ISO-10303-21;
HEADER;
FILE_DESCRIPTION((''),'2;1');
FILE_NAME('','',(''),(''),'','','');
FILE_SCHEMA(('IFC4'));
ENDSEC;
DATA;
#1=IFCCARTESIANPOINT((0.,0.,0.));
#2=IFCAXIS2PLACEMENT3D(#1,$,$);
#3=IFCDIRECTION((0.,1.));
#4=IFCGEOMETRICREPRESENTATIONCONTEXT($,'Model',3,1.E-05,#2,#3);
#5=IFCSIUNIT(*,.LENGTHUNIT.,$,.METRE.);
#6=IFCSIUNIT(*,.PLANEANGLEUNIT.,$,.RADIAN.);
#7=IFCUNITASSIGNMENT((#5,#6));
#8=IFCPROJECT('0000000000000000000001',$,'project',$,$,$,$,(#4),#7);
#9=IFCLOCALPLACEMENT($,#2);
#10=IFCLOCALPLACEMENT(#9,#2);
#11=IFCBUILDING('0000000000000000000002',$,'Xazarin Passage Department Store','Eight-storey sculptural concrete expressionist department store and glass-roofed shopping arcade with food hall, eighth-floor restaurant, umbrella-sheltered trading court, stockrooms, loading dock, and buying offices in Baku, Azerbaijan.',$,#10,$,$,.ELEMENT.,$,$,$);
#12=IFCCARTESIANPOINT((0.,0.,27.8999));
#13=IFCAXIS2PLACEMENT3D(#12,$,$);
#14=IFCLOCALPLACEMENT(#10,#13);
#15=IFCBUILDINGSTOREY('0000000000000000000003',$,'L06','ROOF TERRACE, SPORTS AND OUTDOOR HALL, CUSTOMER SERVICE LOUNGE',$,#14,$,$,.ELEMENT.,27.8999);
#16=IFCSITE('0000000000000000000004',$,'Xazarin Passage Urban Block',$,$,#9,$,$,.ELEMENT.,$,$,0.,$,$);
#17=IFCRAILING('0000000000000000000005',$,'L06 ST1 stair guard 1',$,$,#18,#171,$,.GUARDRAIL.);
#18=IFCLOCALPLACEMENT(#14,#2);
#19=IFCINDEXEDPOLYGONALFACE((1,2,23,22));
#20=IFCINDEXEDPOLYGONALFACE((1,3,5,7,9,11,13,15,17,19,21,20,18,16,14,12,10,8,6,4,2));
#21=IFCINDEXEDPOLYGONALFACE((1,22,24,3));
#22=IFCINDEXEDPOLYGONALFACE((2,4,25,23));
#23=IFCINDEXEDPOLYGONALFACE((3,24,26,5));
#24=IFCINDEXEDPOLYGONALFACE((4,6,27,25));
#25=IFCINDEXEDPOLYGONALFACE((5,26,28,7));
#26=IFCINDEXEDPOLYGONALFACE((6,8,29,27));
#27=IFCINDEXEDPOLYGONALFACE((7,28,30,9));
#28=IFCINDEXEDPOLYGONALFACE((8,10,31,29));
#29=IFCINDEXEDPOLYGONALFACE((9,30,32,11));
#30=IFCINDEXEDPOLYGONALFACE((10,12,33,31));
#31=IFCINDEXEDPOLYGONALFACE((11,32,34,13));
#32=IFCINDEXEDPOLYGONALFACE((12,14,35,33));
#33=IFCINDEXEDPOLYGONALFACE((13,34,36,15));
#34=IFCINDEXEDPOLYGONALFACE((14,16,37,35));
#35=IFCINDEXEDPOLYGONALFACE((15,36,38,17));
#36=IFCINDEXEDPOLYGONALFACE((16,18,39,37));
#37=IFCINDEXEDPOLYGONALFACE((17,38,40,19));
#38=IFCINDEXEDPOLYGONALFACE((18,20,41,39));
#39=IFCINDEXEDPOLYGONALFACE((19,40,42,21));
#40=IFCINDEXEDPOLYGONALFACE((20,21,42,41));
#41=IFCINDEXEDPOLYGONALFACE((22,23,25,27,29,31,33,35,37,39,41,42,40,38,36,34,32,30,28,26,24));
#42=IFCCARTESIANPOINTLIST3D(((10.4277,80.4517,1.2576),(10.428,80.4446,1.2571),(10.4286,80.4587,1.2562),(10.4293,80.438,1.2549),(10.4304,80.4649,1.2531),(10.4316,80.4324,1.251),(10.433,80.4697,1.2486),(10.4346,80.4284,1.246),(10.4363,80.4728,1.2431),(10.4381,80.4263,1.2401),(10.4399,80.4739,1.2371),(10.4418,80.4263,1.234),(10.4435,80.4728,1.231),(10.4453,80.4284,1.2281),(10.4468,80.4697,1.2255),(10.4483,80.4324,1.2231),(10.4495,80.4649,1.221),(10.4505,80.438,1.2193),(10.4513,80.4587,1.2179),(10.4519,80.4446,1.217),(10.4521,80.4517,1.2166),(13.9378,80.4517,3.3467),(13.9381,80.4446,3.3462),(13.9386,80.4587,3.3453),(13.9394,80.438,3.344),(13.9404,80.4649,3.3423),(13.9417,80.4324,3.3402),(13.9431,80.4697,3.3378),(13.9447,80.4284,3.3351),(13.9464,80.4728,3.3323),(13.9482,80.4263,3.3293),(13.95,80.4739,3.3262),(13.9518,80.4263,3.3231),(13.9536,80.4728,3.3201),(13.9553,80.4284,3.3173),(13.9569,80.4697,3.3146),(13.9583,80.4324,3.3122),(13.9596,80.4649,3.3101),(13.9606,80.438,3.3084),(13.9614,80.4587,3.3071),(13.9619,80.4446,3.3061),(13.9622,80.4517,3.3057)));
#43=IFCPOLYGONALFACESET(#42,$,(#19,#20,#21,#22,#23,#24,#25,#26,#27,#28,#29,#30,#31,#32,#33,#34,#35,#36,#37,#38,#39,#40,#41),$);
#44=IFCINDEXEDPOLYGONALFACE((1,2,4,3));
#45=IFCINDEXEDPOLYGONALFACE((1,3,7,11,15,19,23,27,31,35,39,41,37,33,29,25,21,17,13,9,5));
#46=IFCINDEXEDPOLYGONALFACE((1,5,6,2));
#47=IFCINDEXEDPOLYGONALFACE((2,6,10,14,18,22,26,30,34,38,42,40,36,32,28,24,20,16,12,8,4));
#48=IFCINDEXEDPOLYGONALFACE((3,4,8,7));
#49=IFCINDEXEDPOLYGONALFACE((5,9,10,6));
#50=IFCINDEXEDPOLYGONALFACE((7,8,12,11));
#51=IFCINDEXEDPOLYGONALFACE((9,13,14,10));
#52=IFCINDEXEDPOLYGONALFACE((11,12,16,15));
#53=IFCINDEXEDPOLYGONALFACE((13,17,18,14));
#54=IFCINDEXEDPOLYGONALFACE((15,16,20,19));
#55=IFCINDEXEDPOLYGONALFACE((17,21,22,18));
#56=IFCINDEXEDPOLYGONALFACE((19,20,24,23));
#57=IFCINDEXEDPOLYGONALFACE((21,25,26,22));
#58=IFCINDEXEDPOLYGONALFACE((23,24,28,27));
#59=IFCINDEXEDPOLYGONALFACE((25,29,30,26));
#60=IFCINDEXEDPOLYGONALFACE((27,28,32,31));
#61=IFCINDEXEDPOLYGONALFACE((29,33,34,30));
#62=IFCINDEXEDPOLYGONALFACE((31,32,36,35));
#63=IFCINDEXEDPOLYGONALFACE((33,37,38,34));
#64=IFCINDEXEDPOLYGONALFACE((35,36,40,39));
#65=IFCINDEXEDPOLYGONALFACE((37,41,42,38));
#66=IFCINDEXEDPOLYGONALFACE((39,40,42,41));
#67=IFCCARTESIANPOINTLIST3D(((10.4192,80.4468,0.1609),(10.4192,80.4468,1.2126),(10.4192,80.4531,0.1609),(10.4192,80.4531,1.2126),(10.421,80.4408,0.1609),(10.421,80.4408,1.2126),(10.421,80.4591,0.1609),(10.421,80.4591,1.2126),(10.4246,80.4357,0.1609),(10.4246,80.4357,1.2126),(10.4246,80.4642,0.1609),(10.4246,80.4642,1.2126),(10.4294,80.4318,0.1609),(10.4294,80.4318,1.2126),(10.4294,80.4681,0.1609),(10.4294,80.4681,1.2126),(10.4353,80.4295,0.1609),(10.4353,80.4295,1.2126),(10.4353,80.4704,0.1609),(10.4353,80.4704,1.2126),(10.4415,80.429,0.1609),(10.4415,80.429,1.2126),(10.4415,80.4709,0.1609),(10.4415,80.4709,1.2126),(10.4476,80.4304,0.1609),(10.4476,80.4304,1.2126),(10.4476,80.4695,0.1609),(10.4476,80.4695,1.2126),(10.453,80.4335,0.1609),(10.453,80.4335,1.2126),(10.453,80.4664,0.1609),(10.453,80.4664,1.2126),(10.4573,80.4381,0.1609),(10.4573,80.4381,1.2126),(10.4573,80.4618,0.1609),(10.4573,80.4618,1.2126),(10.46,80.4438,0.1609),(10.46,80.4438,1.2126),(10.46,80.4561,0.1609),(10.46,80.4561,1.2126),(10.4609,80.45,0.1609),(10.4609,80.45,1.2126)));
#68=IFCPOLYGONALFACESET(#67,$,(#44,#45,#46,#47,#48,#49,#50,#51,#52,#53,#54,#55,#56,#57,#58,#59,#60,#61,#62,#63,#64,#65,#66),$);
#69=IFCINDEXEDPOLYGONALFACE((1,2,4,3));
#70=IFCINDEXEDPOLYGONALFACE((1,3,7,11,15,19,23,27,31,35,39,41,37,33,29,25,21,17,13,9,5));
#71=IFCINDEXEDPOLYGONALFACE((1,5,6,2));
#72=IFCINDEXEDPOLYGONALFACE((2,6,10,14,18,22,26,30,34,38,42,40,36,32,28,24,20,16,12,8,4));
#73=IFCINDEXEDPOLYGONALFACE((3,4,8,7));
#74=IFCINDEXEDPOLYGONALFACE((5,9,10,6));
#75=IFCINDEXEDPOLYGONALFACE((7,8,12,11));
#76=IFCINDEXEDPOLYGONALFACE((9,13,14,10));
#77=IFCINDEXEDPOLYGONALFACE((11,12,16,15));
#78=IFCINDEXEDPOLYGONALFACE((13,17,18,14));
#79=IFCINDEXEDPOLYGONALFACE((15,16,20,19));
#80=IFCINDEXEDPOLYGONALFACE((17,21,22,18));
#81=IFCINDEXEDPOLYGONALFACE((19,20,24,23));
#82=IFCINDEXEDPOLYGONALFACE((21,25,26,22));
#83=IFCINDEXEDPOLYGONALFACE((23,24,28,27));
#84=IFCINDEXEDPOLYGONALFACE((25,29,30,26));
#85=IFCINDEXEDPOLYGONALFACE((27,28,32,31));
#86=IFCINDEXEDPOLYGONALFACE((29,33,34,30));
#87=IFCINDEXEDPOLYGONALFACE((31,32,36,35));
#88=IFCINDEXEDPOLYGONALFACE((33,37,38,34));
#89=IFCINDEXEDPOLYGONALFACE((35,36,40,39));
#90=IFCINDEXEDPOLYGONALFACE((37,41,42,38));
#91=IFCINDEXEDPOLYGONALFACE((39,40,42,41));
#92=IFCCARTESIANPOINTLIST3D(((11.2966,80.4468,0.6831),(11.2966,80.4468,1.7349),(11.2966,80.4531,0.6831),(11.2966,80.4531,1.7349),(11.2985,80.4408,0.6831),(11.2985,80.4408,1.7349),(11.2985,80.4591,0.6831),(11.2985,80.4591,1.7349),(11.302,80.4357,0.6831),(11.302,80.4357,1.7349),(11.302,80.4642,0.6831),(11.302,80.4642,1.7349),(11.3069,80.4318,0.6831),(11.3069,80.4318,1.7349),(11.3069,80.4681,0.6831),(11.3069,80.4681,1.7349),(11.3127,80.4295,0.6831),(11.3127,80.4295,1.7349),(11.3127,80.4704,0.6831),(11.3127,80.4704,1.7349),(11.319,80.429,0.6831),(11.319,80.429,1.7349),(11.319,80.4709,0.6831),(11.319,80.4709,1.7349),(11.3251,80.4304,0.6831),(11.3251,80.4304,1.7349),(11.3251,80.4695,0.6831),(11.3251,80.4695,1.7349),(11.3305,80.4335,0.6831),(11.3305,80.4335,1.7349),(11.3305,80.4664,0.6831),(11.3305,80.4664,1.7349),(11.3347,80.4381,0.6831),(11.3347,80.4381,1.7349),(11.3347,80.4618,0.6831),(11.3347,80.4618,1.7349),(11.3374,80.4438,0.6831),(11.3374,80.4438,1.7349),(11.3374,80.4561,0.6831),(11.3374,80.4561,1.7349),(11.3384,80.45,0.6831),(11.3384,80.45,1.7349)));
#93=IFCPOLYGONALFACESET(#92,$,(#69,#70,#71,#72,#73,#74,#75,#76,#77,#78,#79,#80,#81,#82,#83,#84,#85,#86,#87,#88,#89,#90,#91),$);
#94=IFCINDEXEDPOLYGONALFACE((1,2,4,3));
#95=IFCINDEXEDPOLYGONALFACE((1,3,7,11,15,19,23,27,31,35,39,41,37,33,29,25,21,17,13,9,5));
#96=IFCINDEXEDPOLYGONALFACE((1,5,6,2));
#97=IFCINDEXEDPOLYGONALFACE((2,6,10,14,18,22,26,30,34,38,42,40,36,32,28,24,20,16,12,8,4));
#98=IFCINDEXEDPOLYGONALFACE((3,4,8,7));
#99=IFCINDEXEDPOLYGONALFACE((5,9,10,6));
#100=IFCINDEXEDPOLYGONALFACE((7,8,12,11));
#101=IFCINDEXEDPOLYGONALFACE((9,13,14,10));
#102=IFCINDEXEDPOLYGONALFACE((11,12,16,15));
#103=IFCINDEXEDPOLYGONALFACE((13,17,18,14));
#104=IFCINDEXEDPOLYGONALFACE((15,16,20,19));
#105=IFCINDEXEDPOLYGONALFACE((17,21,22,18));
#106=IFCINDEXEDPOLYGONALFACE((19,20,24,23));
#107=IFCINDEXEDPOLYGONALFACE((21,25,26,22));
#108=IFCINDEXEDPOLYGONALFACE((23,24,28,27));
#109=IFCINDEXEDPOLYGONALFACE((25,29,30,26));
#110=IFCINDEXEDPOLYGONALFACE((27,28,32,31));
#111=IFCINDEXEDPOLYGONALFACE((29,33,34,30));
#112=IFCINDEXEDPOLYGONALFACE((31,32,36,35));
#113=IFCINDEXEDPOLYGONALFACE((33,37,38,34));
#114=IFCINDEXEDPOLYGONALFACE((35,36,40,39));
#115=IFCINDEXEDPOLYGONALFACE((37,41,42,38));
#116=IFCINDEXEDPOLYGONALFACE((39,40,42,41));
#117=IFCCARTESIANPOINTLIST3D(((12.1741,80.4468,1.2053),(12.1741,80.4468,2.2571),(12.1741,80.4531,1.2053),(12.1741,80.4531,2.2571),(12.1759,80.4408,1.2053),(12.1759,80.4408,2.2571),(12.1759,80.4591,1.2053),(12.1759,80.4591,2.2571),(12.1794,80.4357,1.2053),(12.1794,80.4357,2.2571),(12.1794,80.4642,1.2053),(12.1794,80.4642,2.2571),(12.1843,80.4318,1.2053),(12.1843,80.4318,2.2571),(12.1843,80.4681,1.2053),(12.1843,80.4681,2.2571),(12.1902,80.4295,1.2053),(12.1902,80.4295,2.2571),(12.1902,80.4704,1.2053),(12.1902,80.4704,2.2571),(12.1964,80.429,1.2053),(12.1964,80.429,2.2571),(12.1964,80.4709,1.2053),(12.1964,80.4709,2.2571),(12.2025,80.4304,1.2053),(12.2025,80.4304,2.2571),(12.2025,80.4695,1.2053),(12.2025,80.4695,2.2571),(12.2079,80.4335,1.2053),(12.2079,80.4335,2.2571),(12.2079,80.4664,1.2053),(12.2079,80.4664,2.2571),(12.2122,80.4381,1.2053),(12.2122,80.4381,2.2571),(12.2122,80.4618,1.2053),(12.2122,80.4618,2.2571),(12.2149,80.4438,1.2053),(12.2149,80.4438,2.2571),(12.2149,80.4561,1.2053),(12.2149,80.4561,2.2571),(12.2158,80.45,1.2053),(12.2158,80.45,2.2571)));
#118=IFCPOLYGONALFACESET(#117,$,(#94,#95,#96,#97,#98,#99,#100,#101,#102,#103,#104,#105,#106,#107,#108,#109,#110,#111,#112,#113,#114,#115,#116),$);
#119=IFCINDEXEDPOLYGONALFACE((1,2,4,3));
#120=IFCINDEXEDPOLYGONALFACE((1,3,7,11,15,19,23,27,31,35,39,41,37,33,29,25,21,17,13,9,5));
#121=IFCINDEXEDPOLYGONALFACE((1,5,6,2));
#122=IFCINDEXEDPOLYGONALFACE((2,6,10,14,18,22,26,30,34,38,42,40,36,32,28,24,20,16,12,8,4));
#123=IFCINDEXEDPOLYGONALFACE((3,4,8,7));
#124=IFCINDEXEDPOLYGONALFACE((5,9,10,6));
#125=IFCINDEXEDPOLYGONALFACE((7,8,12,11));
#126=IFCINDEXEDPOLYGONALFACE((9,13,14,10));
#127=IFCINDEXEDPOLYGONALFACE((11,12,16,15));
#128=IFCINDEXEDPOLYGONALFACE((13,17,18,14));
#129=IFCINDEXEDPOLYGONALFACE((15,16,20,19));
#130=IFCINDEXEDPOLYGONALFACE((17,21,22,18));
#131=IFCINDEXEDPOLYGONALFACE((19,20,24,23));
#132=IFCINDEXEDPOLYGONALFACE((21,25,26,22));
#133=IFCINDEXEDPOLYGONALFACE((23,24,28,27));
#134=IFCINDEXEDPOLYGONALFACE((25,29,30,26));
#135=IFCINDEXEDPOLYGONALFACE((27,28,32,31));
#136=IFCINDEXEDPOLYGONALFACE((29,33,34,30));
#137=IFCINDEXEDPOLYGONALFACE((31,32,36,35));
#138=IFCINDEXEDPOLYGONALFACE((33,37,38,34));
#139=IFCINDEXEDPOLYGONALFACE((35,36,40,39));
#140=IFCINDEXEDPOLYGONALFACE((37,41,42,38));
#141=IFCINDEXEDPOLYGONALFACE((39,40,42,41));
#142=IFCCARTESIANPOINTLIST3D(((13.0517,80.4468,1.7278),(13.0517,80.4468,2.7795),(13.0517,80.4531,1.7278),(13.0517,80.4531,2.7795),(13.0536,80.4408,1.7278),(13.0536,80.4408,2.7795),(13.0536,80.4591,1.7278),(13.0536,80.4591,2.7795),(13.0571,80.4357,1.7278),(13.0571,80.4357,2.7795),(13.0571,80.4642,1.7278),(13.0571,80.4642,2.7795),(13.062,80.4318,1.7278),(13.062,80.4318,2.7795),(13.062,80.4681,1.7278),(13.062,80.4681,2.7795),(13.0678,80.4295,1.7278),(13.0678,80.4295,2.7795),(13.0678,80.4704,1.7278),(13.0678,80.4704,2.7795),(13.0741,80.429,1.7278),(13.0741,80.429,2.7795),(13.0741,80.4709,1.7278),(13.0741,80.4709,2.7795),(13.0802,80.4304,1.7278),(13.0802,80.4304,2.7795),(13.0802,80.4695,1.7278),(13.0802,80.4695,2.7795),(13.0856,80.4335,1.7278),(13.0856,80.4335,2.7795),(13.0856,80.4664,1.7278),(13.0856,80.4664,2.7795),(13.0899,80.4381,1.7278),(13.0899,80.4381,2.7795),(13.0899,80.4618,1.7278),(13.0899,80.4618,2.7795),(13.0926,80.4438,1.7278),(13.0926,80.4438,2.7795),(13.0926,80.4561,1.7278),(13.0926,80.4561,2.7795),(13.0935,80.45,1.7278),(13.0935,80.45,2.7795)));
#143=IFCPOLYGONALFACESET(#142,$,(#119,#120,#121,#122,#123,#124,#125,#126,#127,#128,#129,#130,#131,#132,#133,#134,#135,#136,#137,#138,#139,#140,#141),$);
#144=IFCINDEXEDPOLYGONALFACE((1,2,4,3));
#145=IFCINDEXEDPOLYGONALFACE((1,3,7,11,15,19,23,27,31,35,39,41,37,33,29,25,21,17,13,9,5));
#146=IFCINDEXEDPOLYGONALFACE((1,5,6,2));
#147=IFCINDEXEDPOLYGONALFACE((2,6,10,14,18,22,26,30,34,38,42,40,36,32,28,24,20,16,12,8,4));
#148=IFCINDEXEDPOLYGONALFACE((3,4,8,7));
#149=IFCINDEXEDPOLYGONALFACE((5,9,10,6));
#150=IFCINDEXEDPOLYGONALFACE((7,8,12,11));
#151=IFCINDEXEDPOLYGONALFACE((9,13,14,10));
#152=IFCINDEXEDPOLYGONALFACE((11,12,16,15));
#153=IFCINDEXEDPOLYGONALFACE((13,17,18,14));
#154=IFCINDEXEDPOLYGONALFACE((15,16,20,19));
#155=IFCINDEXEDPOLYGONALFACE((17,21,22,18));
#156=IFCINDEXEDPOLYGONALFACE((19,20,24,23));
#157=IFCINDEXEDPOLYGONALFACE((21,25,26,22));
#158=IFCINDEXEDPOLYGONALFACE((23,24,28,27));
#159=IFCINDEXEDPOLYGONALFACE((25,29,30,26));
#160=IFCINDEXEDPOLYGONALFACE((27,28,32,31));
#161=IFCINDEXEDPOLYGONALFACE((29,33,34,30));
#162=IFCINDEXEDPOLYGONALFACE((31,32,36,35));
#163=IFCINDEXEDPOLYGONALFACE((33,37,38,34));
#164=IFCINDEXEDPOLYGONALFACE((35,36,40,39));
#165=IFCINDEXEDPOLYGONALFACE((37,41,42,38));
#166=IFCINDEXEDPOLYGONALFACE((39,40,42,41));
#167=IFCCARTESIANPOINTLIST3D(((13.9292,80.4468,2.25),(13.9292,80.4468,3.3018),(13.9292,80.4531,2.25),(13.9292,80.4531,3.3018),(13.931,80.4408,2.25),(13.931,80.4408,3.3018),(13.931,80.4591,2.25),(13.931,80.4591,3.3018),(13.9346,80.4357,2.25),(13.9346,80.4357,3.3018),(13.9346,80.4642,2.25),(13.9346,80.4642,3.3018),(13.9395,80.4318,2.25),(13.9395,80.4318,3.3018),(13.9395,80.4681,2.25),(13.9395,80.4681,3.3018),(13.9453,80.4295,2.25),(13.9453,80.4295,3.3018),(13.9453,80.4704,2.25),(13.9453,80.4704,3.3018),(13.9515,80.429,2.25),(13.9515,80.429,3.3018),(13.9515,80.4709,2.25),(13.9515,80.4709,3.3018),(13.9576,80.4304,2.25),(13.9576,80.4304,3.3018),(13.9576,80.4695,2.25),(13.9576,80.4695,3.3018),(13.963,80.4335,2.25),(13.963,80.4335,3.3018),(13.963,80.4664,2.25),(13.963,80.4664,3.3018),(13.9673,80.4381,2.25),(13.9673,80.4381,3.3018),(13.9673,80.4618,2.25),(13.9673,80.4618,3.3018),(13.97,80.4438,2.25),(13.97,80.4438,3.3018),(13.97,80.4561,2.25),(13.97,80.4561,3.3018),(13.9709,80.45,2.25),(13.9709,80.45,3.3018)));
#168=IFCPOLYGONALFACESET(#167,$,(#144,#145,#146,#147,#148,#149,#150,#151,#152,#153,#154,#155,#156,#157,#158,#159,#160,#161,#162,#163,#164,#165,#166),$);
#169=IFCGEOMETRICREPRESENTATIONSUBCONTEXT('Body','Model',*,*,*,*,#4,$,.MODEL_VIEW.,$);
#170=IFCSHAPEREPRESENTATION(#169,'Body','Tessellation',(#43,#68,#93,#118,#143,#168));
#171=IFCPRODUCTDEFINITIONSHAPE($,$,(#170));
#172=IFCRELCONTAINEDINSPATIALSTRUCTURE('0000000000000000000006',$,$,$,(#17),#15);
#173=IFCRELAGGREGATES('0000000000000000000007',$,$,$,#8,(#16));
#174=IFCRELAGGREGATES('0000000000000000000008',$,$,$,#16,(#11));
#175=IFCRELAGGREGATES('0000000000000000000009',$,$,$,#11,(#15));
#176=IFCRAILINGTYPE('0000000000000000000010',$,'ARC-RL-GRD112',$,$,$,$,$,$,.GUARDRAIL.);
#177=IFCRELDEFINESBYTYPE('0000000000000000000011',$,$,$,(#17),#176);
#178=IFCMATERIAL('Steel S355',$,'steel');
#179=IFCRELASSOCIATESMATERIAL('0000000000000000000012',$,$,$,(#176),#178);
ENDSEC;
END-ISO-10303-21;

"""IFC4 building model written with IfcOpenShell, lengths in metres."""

from ifc_helpers import new_model, si_unit, direction, frame, origin, origin_2d, place, context, subcontext, project, spatial, circle, extrude, material, type_object, element, save


model = new_model("IFC4")

# Units and contexts
model_context = context("Model", 3, precision=1e-05, world=origin(), true_north=direction((0.0, 1.0)))
body_context = subcontext(model_context, "Body", "Model", "MODEL_VIEW")
ifc_project = project(units=[si_unit("LENGTHUNIT", "METRE"), si_unit("PLANEANGLEUNIT", "RADIAN")], contexts=[model_context])

# Site, building, storey
site_placement = place(None, origin())
site = spatial("IfcSite", under=ifc_project, at=site_placement, Name="Xazarin Passage Urban Block", CompositionType="ELEMENT", RefElevation=0.0)
building_placement = place(site_placement, origin())
building = spatial("IfcBuilding", under=site, at=building_placement, Name="Xazarin Passage Department Store", Description="Eight-storey sculptural concrete expressionist department store and glass-roofed shopping arcade with food hall, eighth-floor restaurant, umbrella-sheltered trading court, stockrooms, loading dock, and buying offices in Baku, Azerbaijan.", CompositionType="ELEMENT")
storey_placement = place(building_placement, frame((0.0, 0.0, 27.8999)))
storey = spatial("IfcBuildingStorey", under=building, at=storey_placement, Name="L06", Description="ROOF TERRACE, SPORTS AND OUTDOOR HALL, CUSTOMER SERVICE LOUNGE", CompositionType="ELEMENT", Elevation=27.8999)

# Shared definitions
ifc_material_1 = material(Name="Steel S355", Category="steel")

# Railing
railing_type_1 = type_object("IfcRailingType", Name="ARC-RL-GRD112", PredefinedType="GUARDRAIL", material=ifc_material_1)
railing_1_placement = place(storey_placement, frame((10.4399, 80.45, 0.1609)))
element("IfcRailing", 1, at=railing_1_placement, inside=storey, type_object=railing_type_1, Name="L06 ST1 stair guard 1", PredefinedType="GUARDRAIL", context=body_context, shape_type="SweptSolid", body=[
    extrude(circle(Radius=0.0239, at=origin_2d()), frame((0.0, 0.0, 1.0762), z_axis=(0.859312, 0.0, 0.511451), x_axis=(0.0, 1.0, 0.0)), (0.0, 0.0, 1.0), 4.0847),
    extrude(circle(Radius=0.021, at=origin_2d()), origin(), (0.0, 0.0, 1.0), 1.0518),
    extrude(circle(Radius=0.021, at=origin_2d()), frame((0.8774, 0.0, 0.5222)), (0.0, 0.0, 1.0), 1.0518),
    extrude(circle(Radius=0.021, at=origin_2d()), frame((1.7549, 0.0, 1.0444)), (0.0, 0.0, 1.0), 1.0518),
    extrude(circle(Radius=0.021, at=origin_2d()), frame((2.6326, 0.0, 1.5669)), (0.0, 0.0, 1.0), 1.0518),
    extrude(circle(Radius=0.021, at=origin_2d()), frame((3.51, 0.0, 2.0891)), (0.0, 0.0, 1.0), 1.0518),
])

save(model, "model.ifc")
